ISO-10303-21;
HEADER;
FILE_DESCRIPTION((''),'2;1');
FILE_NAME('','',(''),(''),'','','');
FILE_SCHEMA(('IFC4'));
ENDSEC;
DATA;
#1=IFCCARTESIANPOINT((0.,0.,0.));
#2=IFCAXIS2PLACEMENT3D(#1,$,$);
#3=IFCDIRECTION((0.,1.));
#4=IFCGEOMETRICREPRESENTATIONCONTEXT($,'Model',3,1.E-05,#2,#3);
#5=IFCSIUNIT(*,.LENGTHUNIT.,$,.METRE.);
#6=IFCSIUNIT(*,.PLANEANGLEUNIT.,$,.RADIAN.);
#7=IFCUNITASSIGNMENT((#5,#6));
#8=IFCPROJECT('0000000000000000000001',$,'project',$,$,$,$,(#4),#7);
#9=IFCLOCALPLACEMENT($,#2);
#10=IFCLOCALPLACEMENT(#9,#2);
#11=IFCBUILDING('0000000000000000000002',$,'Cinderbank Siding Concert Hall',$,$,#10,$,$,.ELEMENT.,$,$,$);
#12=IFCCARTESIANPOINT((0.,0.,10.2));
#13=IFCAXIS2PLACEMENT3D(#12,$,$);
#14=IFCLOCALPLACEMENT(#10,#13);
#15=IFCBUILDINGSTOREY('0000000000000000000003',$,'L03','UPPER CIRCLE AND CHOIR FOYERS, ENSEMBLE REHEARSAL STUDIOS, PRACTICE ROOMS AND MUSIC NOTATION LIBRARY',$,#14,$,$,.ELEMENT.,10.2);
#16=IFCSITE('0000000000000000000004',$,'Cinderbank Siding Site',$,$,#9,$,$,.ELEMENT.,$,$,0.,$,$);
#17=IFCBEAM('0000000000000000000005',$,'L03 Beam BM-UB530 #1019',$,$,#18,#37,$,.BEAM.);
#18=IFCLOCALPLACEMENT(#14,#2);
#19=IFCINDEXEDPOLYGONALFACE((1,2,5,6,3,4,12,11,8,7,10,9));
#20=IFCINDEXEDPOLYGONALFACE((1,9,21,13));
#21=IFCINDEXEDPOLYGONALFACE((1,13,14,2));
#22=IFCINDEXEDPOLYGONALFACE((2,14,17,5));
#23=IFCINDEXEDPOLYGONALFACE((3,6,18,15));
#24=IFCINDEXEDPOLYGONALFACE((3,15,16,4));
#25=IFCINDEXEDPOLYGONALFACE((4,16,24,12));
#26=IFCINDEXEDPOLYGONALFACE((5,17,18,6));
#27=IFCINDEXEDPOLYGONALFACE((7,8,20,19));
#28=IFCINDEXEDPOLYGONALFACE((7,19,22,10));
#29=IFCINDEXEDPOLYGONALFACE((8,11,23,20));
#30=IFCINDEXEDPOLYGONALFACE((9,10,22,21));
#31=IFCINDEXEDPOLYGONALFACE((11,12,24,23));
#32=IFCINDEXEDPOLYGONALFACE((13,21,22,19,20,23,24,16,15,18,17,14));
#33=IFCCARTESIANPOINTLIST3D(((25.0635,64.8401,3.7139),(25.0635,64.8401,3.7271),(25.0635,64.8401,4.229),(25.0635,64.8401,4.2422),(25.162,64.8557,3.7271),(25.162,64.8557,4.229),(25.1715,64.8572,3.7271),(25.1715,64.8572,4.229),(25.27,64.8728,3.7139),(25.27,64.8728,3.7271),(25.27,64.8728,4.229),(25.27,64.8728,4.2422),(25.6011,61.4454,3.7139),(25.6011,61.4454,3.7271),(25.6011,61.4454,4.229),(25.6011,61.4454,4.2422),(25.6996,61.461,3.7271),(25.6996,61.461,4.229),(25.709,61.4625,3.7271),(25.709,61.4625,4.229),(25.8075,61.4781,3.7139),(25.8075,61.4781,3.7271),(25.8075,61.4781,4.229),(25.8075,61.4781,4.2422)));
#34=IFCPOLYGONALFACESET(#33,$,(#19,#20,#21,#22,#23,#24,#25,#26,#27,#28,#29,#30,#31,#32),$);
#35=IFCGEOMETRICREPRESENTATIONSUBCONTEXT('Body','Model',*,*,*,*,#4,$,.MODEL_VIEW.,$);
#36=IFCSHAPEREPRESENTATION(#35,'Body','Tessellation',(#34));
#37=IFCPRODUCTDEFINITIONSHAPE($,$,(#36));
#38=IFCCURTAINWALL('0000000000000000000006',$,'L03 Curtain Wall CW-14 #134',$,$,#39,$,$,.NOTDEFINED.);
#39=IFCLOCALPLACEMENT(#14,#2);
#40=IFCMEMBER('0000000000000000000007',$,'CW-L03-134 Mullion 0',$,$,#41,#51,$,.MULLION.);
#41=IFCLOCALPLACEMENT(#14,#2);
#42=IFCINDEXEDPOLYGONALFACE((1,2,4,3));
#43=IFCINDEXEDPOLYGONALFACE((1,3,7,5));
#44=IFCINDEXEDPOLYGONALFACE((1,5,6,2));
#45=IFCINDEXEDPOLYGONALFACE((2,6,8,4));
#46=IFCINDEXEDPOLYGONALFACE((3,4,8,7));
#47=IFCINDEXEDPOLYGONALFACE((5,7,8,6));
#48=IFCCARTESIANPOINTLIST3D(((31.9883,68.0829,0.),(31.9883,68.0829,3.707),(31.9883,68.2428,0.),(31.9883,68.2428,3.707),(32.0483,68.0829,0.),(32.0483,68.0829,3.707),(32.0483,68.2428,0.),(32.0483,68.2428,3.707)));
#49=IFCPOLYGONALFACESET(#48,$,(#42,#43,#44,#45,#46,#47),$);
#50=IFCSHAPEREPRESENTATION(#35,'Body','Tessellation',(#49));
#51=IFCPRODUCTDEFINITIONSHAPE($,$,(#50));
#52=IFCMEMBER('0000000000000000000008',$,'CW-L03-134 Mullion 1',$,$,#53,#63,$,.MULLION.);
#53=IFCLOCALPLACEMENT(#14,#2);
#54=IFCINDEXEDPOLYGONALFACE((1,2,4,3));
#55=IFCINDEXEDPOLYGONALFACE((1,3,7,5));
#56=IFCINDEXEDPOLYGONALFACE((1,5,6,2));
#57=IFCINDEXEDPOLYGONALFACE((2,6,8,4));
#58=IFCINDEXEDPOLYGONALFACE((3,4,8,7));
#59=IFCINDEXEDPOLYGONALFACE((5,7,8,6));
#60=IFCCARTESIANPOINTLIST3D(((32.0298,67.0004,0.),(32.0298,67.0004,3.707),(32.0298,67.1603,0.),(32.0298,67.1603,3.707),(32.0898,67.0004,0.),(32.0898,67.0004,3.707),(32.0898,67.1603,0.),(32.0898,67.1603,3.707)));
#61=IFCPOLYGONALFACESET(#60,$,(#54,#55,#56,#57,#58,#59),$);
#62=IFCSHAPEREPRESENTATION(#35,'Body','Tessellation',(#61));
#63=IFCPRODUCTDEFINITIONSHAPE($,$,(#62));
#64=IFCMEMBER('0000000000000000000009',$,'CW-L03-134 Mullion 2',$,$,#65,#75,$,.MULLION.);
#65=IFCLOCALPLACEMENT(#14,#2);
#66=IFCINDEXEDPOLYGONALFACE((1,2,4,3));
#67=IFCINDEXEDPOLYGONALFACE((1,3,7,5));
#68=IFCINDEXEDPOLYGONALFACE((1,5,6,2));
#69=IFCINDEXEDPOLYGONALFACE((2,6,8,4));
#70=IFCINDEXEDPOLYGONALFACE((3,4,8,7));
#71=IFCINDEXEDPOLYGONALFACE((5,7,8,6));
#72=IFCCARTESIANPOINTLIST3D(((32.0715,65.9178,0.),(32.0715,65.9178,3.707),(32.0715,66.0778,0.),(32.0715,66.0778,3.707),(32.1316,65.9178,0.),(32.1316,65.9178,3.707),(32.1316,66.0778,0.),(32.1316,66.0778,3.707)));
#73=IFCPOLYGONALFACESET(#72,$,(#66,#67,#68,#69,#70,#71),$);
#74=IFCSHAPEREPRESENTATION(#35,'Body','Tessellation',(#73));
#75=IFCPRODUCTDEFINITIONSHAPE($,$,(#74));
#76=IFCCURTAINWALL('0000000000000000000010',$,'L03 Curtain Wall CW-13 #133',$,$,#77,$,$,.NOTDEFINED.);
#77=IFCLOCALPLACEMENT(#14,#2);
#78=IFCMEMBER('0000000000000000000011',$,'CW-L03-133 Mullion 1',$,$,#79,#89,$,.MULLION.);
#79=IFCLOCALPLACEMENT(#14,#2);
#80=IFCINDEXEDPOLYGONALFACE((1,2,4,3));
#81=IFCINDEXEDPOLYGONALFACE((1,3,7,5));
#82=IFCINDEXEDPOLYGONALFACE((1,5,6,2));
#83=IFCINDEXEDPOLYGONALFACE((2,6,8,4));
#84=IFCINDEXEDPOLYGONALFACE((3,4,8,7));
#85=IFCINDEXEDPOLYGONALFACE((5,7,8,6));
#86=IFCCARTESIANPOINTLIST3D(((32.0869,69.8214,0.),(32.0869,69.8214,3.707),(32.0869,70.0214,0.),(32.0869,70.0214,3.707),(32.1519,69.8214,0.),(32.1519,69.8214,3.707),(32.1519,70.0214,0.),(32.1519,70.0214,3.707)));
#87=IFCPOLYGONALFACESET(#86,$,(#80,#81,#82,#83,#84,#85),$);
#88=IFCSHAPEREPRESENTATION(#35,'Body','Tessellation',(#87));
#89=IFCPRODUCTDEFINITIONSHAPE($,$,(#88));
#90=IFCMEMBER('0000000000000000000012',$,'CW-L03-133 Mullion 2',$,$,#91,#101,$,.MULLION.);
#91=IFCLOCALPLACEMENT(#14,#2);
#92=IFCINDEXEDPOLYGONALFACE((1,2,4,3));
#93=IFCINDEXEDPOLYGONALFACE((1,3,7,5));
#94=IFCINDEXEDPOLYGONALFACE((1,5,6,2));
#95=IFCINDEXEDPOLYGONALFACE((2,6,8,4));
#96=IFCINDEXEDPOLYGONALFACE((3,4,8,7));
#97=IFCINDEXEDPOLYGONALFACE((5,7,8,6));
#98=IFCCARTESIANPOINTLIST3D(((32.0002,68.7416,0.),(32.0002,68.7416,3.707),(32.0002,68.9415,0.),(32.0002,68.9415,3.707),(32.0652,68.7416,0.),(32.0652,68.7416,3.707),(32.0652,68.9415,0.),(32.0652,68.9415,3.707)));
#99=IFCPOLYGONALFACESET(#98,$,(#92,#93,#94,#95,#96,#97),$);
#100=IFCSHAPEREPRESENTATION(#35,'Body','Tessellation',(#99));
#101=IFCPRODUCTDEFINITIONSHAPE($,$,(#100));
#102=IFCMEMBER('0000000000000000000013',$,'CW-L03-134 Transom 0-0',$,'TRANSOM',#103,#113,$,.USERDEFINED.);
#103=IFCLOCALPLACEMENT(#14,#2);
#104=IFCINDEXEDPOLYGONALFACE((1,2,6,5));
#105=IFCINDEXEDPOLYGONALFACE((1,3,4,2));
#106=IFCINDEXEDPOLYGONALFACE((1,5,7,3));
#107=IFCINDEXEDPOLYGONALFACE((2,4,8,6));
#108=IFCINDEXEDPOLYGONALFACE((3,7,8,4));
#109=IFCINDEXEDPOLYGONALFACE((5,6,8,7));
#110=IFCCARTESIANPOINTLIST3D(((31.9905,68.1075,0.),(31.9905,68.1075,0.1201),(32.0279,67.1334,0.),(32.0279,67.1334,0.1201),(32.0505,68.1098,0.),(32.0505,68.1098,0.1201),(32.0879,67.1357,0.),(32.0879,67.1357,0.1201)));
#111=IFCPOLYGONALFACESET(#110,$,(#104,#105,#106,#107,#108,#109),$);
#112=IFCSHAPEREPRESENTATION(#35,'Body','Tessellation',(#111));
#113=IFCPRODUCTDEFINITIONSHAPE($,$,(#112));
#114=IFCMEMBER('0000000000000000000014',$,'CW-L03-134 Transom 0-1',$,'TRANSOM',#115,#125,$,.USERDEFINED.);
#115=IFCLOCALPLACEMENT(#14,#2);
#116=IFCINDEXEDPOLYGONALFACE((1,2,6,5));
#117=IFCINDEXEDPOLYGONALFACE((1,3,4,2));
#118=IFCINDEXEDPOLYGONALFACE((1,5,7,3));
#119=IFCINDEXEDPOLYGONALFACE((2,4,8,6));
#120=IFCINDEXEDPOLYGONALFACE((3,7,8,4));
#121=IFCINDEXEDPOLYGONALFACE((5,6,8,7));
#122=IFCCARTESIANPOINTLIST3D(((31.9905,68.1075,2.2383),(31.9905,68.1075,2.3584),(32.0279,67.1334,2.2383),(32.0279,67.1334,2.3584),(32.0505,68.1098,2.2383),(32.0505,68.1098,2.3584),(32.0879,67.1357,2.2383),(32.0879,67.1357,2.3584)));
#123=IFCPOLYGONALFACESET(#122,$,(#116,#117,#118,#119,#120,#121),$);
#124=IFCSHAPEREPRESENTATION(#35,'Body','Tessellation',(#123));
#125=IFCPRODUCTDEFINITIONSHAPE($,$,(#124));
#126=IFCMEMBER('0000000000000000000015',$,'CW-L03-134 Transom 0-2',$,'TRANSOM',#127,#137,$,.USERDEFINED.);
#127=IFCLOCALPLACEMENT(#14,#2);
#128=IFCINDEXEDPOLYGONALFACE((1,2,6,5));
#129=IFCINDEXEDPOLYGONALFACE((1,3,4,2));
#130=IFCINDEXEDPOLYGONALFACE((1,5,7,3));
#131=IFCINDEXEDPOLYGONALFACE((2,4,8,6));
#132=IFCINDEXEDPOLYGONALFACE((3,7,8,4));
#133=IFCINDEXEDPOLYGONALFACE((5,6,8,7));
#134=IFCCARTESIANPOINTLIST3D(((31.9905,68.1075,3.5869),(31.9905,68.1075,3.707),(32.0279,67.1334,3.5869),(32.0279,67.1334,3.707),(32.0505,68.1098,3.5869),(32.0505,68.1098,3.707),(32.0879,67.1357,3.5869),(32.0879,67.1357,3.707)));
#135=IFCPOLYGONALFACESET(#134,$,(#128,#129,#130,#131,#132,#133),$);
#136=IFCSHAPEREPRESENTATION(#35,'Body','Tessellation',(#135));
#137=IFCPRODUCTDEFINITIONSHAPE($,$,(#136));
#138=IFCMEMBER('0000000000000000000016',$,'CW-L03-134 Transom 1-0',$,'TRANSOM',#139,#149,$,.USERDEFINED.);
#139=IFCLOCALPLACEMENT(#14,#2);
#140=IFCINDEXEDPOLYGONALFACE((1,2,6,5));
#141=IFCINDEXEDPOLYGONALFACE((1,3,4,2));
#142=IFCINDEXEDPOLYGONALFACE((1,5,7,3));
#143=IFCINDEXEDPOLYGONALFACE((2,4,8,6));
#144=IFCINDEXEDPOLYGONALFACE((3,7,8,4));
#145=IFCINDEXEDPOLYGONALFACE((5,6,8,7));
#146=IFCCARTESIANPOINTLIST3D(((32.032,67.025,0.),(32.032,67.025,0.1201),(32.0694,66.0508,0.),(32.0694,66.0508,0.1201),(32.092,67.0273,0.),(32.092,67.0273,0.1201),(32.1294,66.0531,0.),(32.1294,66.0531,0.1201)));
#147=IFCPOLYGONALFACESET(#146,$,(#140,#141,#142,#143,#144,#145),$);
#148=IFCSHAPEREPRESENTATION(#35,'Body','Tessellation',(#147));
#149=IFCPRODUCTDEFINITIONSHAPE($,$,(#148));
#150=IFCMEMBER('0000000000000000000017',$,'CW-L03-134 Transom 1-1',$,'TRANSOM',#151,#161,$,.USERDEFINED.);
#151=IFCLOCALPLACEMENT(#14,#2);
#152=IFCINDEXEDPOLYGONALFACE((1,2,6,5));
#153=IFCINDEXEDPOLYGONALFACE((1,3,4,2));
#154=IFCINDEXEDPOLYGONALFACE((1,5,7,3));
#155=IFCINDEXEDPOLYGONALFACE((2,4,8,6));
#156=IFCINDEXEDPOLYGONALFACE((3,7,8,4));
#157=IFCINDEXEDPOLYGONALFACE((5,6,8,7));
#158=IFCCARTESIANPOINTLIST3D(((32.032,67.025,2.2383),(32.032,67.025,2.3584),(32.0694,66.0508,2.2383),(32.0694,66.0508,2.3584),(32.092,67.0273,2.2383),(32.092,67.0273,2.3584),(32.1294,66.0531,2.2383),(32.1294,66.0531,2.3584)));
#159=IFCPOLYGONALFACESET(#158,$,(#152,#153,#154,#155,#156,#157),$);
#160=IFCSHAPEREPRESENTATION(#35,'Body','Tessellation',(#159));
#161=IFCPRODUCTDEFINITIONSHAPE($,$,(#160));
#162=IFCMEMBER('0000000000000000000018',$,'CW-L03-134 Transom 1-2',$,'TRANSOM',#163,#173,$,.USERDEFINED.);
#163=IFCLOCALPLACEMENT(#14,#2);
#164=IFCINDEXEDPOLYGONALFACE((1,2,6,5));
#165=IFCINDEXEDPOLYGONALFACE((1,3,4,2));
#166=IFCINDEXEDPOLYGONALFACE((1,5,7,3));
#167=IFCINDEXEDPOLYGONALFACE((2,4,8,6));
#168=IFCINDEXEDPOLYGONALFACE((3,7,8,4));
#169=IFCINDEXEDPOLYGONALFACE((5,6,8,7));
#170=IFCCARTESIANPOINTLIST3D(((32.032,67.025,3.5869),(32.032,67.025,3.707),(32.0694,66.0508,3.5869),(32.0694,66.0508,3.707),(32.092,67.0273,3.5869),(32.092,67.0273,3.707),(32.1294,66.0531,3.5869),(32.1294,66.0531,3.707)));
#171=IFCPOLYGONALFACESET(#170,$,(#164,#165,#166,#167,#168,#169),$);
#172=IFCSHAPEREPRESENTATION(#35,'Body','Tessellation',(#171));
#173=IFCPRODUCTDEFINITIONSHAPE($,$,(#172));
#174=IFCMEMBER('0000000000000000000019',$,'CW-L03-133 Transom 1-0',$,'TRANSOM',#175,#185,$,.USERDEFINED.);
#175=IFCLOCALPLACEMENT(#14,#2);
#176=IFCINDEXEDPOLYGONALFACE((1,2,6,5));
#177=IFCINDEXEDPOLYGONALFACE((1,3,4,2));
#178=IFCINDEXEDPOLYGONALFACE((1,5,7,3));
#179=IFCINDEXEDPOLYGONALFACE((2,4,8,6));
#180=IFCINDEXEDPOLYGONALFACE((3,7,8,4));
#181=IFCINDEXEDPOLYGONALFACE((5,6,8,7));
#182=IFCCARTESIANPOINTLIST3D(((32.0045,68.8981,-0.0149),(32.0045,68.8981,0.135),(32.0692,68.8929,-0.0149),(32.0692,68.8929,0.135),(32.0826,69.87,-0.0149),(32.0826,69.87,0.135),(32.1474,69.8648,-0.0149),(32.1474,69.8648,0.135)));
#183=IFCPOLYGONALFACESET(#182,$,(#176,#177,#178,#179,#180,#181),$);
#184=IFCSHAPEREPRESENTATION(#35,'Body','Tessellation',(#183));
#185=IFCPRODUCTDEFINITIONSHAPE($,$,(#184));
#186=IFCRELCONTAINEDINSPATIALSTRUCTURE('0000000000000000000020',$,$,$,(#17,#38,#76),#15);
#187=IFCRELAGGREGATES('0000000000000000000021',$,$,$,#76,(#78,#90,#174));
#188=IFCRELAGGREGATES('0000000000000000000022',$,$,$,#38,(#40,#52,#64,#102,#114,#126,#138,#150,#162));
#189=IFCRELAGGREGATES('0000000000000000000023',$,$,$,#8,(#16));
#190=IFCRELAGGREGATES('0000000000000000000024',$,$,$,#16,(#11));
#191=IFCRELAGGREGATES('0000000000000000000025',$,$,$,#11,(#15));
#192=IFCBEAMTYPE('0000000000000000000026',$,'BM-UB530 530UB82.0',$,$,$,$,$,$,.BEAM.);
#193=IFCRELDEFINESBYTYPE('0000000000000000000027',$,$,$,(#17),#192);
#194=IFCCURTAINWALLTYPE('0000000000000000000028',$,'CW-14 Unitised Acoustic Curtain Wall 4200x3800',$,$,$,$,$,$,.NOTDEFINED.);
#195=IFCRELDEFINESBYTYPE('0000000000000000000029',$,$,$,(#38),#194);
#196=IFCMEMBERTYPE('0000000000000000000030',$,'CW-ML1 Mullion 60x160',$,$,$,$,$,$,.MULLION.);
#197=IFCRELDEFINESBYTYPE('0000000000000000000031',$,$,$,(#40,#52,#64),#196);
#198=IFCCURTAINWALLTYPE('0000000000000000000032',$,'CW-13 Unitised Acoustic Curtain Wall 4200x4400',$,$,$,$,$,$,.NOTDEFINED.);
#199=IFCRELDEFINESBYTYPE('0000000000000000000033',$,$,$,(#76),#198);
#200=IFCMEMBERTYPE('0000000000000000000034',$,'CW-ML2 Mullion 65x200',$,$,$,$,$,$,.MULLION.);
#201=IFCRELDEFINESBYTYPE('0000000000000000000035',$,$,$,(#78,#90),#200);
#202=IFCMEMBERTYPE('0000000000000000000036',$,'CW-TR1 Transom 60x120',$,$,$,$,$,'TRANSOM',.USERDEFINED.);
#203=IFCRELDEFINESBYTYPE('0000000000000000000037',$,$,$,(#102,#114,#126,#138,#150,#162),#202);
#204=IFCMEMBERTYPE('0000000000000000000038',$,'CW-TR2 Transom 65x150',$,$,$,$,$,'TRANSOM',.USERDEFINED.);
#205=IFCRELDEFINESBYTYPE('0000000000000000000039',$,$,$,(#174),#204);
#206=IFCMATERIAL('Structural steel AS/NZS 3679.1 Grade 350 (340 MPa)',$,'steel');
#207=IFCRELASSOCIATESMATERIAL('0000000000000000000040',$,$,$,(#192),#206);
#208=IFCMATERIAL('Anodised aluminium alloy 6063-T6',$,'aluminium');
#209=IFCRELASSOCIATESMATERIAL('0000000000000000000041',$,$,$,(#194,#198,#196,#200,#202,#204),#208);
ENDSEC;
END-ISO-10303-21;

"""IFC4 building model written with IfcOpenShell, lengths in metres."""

from ifc_helpers import new_model, si_unit, direction, frame, origin, origin_2d, place, context, subcontext, project, spatial, rectangle, i_section, extrude, material, material_profile, profile_set, type_object, element, aggregate, save


model = new_model("IFC4")

# Units and contexts
model_context = context("Model", 3, precision=1e-05, world=origin(), true_north=direction((0.0, 1.0)))
body_context = subcontext(model_context, "Body", "Model", "MODEL_VIEW")
ifc_project = project(units=[si_unit("LENGTHUNIT", "METRE"), si_unit("PLANEANGLEUNIT", "RADIAN")], contexts=[model_context])

# Site, building, storey
site_placement = place(None, origin())
site = spatial("IfcSite", under=ifc_project, at=site_placement, Name="Cinderbank Siding Site", CompositionType="ELEMENT", RefElevation=0.0)
building_placement = place(site_placement, origin())
building = spatial("IfcBuilding", under=site, at=building_placement, Name="Cinderbank Siding Concert Hall", CompositionType="ELEMENT")
storey_placement = place(building_placement, frame((0.0, 0.0, 10.2)))
storey = spatial("IfcBuildingStorey", under=building, at=storey_placement, Name="L03", Description="UPPER CIRCLE AND CHOIR FOYERS, ENSEMBLE REHEARSAL STUDIOS, PRACTICE ROOMS AND MUSIC NOTATION LIBRARY", CompositionType="ELEMENT", Elevation=10.2)

# Shared definitions
ifc_material_1 = material(Name="Structural steel AS/NZS 3679.1 Grade 350 (340 MPa)", Category="steel")

# Beam
ifc_material_profile_1 = material_profile(ifc_material_1, i_section(OverallWidth=0.209, OverallDepth=0.5283, WebThickness=0.0095, FlangeThickness=0.0132, at=origin_2d()), Name="530UB82.0", Category="LoadBearing")
ifc_profile_set_1 = profile_set([ifc_material_profile_1], Name="Structural steel AS/NZS 3679.1 Grade 350 (340 MPa)")
beam_type_1 = type_object("IfcBeamType", Name="BM-UB530 530UB82.0", PredefinedType="BEAM", material=ifc_profile_set_1)
for number, where, z_axis, x_axis, name in (
    (1, (25.1667, 64.8564, 3.978), (0.156411, -0.987692, 0.0), (0.987692, 0.156411, 0.0), "L03 Beam BM-UB530 #1019"),
):
    element("IfcBeam", number, at=place(storey_placement, frame(where, z_axis=z_axis, x_axis=x_axis)), inside=storey, type_object=beam_type_1, Name=name, PredefinedType="BEAM", context=body_context, shape_type="SweptSolid", body=[
        extrude(i_section(OverallWidth=0.209, OverallDepth=0.5283, WebThickness=0.0095, FlangeThickness=0.0132, at=origin_2d()), origin(), (0.0, 0.0, 1.0), 3.437),
    ])

# Curtain walls, members
ifc_material_2 = material(Name="Anodised aluminium alloy 6063-T6", Category="aluminium")
curtain_wall_type_1 = type_object("IfcCurtainWallType", Name="CW-14 Unitised Acoustic Curtain Wall 4200x3800", PredefinedType="NOTDEFINED", material=ifc_material_2)
curtain_wall_1_placement = place(storey_placement, origin())
curtain_wall_1 = element("IfcCurtainWall", 2, at=curtain_wall_1_placement, inside=storey, type_object=curtain_wall_type_1, Name="L03 Curtain Wall CW-14 #134", PredefinedType="NOTDEFINED")
ifc_material_profile_2 = material_profile(ifc_material_2, rectangle(XDim=0.0601, YDim=0.1599, at=origin_2d()), Name="ALU-MULL-60x160", Category="LoadBearing")
ifc_profile_set_2 = profile_set([ifc_material_profile_2], Name="Anodised aluminium alloy 6063-T6")
member_type_1 = type_object("IfcMemberType", Name="CW-ML1 Mullion 60x160", PredefinedType="MULLION", material=ifc_profile_set_2)
member_1_placement = place(storey_placement, frame((32.0183, 68.1628, 0.0), z_axis=(0.0, 0.0, 1.0), x_axis=(1.0, 0.0, 0.0)))
member_1 = element("IfcMember", 3, at=member_1_placement, type_object=member_type_1, Name="CW-L03-134 Mullion 0", PredefinedType="MULLION", context=body_context, shape_type="SweptSolid", body=[
    extrude(rectangle(XDim=0.0601, YDim=0.1599, at=origin_2d()), origin(), (0.0, 0.0, 1.0), 3.707),
])
member_2_placement = place(storey_placement, frame((32.0598, 67.0803, 0.0), z_axis=(0.0, 0.0, 1.0), x_axis=(1.0, 0.0, 0.0)))
member_2 = element("IfcMember", 4, at=member_2_placement, type_object=member_type_1, Name="CW-L03-134 Mullion 1", PredefinedType="MULLION", context=body_context, shape_type="SweptSolid", body=[
    extrude(rectangle(XDim=0.0601, YDim=0.1599, at=origin_2d()), origin(), (0.0, 0.0, 1.0), 3.707),
])
member_3_placement = place(storey_placement, frame((32.1016, 65.9978, 0.0), z_axis=(0.0, 0.0, 1.0), x_axis=(1.0, 0.0, 0.0)))
member_3 = element("IfcMember", 5, at=member_3_placement, type_object=member_type_1, Name="CW-L03-134 Mullion 2", PredefinedType="MULLION", context=body_context, shape_type="SweptSolid", body=[
    extrude(rectangle(XDim=0.0601, YDim=0.1599, at=origin_2d()), origin(), (0.0, 0.0, 1.0), 3.707),
])
curtain_wall_type_2 = type_object("IfcCurtainWallType", Name="CW-13 Unitised Acoustic Curtain Wall 4200x4400", PredefinedType="NOTDEFINED", material=ifc_material_2)
curtain_wall_2_placement = place(storey_placement, origin())
curtain_wall_2 = element("IfcCurtainWall", 6, at=curtain_wall_2_placement, inside=storey, type_object=curtain_wall_type_2, Name="L03 Curtain Wall CW-13 #133", PredefinedType="NOTDEFINED")
ifc_material_profile_3 = material_profile(ifc_material_2, rectangle(XDim=0.0649, YDim=0.2, at=origin_2d()), Name="ALU-MULL-65x200", Category="LoadBearing")
ifc_profile_set_3 = profile_set([ifc_material_profile_3], Name="Anodised aluminium alloy 6063-T6")
member_type_2 = type_object("IfcMemberType", Name="CW-ML2 Mullion 65x200", PredefinedType="MULLION", material=ifc_profile_set_3)
member_4_placement = place(storey_placement, frame((32.1194, 69.9214, 0.0), z_axis=(0.0, 0.0, 1.0), x_axis=(1.0, 0.0, 0.0)))
member_4 = element("IfcMember", 7, at=member_4_placement, type_object=member_type_2, Name="CW-L03-133 Mullion 1", PredefinedType="MULLION", context=body_context, shape_type="SweptSolid", body=[
    extrude(rectangle(XDim=0.0649, YDim=0.2, at=origin_2d()), origin(), (0.0, 0.0, 1.0), 3.707),
])
member_5_placement = place(storey_placement, frame((32.0327, 68.8416, 0.0), z_axis=(0.0, 0.0, 1.0), x_axis=(1.0, 0.0, 0.0)))
member_5 = element("IfcMember", 8, at=member_5_placement, type_object=member_type_2, Name="CW-L03-133 Mullion 2", PredefinedType="MULLION", context=body_context, shape_type="SweptSolid", body=[
    extrude(rectangle(XDim=0.0649, YDim=0.2, at=origin_2d()), origin(), (0.0, 0.0, 1.0), 3.707),
])

# Members
ifc_material_profile_4 = material_profile(ifc_material_2, rectangle(XDim=0.0601, YDim=0.1201, at=origin_2d()), Name="ALU-TRAN-60x120", Category="LoadBearing")
ifc_profile_set_4 = profile_set([ifc_material_profile_4], Name="Anodised aluminium alloy 6063-T6")
member_type_3 = type_object("IfcMemberType", Name="CW-TR1 Transom 60x120", ElementType="TRANSOM", PredefinedType="USERDEFINED", material=ifc_profile_set_4)
member_6_placement = place(storey_placement, frame((32.0205, 68.1086, 0.0601), z_axis=(0.038318, -0.999266, 0.0), x_axis=(0.999266, 0.038318, 0.0)))
member_6 = element("IfcMember", 9, at=member_6_placement, type_object=member_type_3, Name="CW-L03-134 Transom 0-0", ObjectType="TRANSOM", PredefinedType="USERDEFINED", context=body_context, shape_type="SweptSolid", body=[
    extrude(rectangle(XDim=0.0601, YDim=0.1201, at=origin_2d()), origin(), (0.0, 0.0, 1.0), 0.9749),
])
member_7_placement = place(storey_placement, frame((32.0205, 68.1086, 2.2983), z_axis=(0.038318, -0.999266, 0.0), x_axis=(0.999266, 0.038318, 0.0)))
member_7 = element("IfcMember", 10, at=member_7_placement, type_object=member_type_3, Name="CW-L03-134 Transom 0-1", ObjectType="TRANSOM", PredefinedType="USERDEFINED", context=body_context, shape_type="SweptSolid", body=[
    extrude(rectangle(XDim=0.0601, YDim=0.1201, at=origin_2d()), origin(), (0.0, 0.0, 1.0), 0.9749),
])
member_8_placement = place(storey_placement, frame((32.0205, 68.1086, 3.647), z_axis=(0.038318, -0.999266, 0.0), x_axis=(0.999266, 0.038318, 0.0)))
member_8 = element("IfcMember", 11, at=member_8_placement, type_object=member_type_3, Name="CW-L03-134 Transom 0-2", ObjectType="TRANSOM", PredefinedType="USERDEFINED", context=body_context, shape_type="SweptSolid", body=[
    extrude(rectangle(XDim=0.0601, YDim=0.1201, at=origin_2d()), origin(), (0.0, 0.0, 1.0), 0.9749),
])
member_9_placement = place(storey_placement, frame((32.062, 67.0261, 0.0601), z_axis=(0.038318, -0.999266, 0.0), x_axis=(0.999266, 0.038318, 0.0)))
member_9 = element("IfcMember", 12, at=member_9_placement, type_object=member_type_3, Name="CW-L03-134 Transom 1-0", ObjectType="TRANSOM", PredefinedType="USERDEFINED", context=body_context, shape_type="SweptSolid", body=[
    extrude(rectangle(XDim=0.0601, YDim=0.1201, at=origin_2d()), origin(), (0.0, 0.0, 1.0), 0.9749),
])
member_10_placement = place(storey_placement, frame((32.062, 67.0261, 2.2983), z_axis=(0.038318, -0.999266, 0.0), x_axis=(0.999266, 0.038318, 0.0)))
member_10 = element("IfcMember", 13, at=member_10_placement, type_object=member_type_3, Name="CW-L03-134 Transom 1-1", ObjectType="TRANSOM", PredefinedType="USERDEFINED", context=body_context, shape_type="SweptSolid", body=[
    extrude(rectangle(XDim=0.0601, YDim=0.1201, at=origin_2d()), origin(), (0.0, 0.0, 1.0), 0.9749),
])
member_11_placement = place(storey_placement, frame((32.062, 67.0261, 3.647), z_axis=(0.038318, -0.999266, 0.0), x_axis=(0.999266, 0.038318, 0.0)))
member_11 = element("IfcMember", 14, at=member_11_placement, type_object=member_type_3, Name="CW-L03-134 Transom 1-2", ObjectType="TRANSOM", PredefinedType="USERDEFINED", context=body_context, shape_type="SweptSolid", body=[
    extrude(rectangle(XDim=0.0601, YDim=0.1201, at=origin_2d()), origin(), (0.0, 0.0, 1.0), 0.9749),
])
ifc_material_profile_5 = material_profile(ifc_material_2, rectangle(XDim=0.0649, YDim=0.1499, at=origin_2d()), Name="ALU-TRAN-65x150", Category="LoadBearing")
ifc_profile_set_5 = profile_set([ifc_material_profile_5], Name="Anodised aluminium alloy 6063-T6")
member_type_4 = type_object("IfcMemberType", Name="CW-TR2 Transom 65x150", ElementType="TRANSOM", PredefinedType="USERDEFINED", material=ifc_profile_set_5)
member_12_placement = place(storey_placement, frame((32.115, 69.8674, 0.0601), z_axis=(-0.080123, -0.996785, 0.0), x_axis=(0.996785, -0.080123, 0.0)))
member_12 = element("IfcMember", 15, at=member_12_placement, type_object=member_type_4, Name="CW-L03-133 Transom 1-0", ObjectType="TRANSOM", PredefinedType="USERDEFINED", context=body_context, shape_type="SweptSolid", body=[
    extrude(rectangle(XDim=0.0649, YDim=0.1499, at=origin_2d()), origin(), (0.0, 0.0, 1.0), 0.9751),
])

aggregate(curtain_wall_2, [member_4, member_5, member_12])
aggregate(curtain_wall_1, [member_1, member_2, member_3, member_6, member_7, member_8, member_9, member_10, member_11])

save(model, "model.ifc")
